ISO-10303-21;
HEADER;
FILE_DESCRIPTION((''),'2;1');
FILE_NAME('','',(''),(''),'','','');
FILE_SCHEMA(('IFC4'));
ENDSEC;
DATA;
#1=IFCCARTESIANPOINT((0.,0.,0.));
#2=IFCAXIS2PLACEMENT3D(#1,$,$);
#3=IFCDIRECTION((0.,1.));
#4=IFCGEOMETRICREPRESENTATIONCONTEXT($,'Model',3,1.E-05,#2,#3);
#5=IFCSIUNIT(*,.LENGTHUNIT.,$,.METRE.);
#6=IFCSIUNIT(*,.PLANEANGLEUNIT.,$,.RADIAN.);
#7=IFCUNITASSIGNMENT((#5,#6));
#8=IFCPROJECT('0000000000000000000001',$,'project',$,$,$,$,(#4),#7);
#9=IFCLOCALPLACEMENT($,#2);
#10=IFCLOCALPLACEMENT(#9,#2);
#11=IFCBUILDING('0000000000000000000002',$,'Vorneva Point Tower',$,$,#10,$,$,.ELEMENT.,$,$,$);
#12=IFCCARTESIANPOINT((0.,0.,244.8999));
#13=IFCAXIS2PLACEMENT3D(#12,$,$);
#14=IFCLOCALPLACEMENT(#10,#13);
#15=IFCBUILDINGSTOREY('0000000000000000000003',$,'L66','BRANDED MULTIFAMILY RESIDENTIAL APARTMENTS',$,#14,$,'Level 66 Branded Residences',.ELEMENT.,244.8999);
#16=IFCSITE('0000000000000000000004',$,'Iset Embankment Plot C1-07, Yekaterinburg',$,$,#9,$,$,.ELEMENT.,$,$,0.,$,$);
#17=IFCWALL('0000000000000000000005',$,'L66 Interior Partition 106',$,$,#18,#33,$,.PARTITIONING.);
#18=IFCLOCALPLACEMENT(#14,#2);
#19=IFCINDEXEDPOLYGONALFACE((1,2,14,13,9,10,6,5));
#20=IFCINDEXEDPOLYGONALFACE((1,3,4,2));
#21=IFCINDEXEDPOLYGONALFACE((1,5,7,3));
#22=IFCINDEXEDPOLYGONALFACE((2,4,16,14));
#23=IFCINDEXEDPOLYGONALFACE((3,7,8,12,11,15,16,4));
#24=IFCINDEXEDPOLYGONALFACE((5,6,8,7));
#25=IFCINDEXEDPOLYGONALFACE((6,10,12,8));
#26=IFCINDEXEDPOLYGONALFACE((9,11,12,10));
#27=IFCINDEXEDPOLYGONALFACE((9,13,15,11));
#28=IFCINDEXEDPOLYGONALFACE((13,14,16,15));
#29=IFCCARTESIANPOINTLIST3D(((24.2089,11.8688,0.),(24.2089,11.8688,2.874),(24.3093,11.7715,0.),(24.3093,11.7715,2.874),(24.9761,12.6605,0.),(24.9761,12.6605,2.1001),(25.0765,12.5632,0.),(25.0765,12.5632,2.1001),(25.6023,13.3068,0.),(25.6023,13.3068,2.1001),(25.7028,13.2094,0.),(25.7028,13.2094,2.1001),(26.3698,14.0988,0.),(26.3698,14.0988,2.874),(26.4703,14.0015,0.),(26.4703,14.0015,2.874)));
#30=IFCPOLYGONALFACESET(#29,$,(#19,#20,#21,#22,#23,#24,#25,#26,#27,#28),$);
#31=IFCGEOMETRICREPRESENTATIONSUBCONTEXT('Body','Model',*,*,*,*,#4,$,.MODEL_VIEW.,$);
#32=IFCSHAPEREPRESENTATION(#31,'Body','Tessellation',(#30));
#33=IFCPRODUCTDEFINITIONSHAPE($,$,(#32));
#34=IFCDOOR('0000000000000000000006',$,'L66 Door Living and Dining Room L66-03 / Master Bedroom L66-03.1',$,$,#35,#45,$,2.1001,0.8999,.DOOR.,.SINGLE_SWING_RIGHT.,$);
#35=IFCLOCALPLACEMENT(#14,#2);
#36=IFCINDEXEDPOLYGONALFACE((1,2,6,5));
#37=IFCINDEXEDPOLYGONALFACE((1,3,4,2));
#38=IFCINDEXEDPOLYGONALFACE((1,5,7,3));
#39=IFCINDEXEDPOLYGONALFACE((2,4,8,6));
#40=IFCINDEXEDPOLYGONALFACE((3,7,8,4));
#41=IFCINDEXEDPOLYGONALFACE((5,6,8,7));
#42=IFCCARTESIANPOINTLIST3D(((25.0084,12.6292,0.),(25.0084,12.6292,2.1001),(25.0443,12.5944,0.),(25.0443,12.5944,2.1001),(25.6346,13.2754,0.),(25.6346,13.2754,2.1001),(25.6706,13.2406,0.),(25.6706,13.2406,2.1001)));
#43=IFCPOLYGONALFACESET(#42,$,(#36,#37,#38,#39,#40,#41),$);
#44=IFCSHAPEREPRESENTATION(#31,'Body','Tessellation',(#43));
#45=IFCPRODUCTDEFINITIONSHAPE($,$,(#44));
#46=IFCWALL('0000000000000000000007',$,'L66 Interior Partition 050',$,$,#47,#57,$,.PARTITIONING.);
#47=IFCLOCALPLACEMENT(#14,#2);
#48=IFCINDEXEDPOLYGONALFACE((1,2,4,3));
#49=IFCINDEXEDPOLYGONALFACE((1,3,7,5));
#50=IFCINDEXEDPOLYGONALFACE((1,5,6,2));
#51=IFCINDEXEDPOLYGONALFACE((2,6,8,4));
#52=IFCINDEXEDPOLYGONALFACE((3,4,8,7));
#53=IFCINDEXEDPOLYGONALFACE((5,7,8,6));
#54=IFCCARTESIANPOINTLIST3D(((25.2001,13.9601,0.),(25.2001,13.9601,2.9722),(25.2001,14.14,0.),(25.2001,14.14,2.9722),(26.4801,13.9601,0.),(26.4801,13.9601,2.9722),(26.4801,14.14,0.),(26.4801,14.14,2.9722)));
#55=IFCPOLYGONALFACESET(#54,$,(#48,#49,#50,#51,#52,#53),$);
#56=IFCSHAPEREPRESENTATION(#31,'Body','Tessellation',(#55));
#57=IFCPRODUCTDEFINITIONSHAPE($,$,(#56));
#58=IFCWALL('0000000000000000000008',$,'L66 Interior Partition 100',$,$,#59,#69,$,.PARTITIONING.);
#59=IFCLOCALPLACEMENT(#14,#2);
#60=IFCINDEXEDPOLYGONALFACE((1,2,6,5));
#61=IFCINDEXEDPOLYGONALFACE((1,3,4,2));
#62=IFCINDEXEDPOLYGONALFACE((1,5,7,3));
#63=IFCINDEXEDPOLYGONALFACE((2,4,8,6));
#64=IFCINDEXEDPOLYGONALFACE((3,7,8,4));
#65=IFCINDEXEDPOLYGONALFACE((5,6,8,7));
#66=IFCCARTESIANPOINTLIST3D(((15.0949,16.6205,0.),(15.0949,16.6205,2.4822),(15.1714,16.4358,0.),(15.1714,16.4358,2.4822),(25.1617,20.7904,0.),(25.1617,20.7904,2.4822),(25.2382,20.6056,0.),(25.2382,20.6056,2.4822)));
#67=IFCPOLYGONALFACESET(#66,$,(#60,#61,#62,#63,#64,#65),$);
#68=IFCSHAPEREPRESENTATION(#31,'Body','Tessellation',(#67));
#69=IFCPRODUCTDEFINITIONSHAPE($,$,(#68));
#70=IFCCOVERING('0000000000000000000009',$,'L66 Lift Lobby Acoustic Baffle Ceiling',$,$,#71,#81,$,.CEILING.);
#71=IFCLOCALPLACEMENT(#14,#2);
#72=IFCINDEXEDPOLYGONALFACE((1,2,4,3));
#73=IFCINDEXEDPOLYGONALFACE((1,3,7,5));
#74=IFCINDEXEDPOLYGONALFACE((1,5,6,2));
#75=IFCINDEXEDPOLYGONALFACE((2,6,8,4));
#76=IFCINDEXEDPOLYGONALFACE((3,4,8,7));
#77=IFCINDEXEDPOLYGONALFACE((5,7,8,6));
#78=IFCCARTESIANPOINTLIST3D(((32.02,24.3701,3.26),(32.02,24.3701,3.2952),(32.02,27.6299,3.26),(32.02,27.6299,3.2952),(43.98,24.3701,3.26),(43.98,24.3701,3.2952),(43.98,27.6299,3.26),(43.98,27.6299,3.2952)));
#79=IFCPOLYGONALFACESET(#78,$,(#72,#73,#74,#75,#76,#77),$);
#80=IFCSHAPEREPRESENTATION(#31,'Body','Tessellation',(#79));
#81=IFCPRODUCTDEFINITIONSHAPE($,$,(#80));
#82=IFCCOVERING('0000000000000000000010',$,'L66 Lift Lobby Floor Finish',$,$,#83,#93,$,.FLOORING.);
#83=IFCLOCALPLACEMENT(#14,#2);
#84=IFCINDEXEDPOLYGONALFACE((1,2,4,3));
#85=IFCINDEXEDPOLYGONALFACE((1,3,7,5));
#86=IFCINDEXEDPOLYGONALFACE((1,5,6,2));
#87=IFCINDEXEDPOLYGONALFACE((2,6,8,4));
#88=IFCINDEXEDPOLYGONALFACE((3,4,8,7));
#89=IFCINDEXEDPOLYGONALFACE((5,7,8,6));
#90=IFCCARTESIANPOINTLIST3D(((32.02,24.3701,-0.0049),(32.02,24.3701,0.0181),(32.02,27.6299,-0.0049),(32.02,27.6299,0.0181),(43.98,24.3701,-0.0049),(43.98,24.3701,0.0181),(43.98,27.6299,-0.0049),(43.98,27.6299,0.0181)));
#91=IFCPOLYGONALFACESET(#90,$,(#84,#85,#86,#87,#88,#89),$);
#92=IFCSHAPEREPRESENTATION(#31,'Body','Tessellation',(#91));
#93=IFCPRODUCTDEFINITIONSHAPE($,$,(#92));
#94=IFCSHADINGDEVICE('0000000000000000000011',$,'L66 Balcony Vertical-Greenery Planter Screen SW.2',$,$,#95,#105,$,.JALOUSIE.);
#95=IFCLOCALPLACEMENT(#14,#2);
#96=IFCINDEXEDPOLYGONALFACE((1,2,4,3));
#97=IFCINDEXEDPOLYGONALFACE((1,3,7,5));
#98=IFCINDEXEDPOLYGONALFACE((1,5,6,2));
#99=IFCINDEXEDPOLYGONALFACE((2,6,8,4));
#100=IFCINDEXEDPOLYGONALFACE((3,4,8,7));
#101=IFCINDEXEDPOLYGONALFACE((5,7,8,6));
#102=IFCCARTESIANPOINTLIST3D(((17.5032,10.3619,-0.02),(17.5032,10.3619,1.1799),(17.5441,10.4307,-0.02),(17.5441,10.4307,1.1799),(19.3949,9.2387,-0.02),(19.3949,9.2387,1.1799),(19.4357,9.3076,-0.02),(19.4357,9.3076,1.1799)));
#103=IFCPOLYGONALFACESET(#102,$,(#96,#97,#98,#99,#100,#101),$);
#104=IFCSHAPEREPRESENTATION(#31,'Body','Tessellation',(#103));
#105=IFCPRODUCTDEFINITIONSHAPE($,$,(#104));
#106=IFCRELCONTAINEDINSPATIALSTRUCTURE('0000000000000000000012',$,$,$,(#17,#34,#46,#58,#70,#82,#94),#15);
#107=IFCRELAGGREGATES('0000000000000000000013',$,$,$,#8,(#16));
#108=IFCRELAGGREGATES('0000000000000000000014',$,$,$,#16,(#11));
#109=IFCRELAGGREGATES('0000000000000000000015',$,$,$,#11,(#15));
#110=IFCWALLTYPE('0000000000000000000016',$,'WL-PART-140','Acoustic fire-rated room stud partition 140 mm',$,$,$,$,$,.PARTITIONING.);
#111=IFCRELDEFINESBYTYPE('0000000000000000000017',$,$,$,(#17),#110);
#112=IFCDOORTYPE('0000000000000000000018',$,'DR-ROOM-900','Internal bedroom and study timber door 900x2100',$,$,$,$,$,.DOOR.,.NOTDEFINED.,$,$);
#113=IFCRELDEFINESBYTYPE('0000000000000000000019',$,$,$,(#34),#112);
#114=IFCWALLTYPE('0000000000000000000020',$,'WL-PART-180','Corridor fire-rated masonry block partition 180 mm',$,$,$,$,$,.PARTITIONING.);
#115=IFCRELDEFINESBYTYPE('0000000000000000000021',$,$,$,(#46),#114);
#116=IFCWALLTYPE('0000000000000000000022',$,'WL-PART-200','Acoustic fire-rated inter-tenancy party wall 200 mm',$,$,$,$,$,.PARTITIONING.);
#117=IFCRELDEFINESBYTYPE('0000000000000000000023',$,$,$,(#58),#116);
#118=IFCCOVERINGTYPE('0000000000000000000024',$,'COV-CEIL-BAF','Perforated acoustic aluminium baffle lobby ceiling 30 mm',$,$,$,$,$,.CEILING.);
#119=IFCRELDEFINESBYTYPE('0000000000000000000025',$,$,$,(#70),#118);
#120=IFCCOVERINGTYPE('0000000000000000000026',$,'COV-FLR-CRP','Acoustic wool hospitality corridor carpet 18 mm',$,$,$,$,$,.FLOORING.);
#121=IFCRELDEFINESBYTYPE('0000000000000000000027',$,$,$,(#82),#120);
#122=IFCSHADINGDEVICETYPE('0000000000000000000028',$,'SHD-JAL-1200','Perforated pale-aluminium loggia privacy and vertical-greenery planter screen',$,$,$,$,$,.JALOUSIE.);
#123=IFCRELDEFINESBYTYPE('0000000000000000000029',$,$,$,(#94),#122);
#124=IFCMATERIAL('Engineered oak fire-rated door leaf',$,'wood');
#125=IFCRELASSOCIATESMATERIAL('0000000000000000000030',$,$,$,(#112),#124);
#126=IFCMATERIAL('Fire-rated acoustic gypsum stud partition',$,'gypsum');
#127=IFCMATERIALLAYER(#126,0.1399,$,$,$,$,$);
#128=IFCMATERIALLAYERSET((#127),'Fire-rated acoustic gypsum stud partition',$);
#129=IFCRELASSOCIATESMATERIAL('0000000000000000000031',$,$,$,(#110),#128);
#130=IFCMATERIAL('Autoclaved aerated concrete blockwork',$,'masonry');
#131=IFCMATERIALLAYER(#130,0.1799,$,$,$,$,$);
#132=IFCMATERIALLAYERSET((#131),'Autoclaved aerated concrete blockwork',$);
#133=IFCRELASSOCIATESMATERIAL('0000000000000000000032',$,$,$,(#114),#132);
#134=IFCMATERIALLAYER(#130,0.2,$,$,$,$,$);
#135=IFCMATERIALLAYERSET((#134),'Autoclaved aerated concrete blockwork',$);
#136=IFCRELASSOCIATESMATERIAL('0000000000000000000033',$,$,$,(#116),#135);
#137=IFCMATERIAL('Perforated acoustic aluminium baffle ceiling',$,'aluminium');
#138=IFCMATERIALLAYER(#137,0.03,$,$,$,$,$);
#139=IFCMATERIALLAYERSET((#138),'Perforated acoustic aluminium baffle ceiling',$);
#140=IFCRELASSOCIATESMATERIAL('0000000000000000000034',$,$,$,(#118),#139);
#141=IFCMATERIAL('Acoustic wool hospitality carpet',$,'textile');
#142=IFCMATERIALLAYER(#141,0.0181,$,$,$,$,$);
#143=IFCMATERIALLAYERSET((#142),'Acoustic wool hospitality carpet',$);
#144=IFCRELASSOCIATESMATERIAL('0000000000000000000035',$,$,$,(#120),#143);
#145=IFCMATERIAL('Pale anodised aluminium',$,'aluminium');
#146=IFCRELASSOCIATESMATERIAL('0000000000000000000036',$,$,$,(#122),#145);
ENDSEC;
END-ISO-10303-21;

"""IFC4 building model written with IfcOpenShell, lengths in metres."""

from ifc_helpers import new_model, si_unit, direction, frame, frame_2d, origin, origin_2d, place, context, subcontext, project, spatial, polyline, rectangle, outline, extrude, material, layer, layer_set, type_object, element, fill, save


model = new_model("IFC4")

# Units and contexts
model_context = context("Model", 3, precision=1e-05, world=origin(), true_north=direction((0.0, 1.0)))
body_context = subcontext(model_context, "Body", "Model", "MODEL_VIEW")
ifc_project = project(units=[si_unit("LENGTHUNIT", "METRE"), si_unit("PLANEANGLEUNIT", "RADIAN")], contexts=[model_context])

# Site, building, storey
site_placement = place(None, origin())
site = spatial("IfcSite", under=ifc_project, at=site_placement, Name="Iset Embankment Plot C1-07, Yekaterinburg", CompositionType="ELEMENT", RefElevation=0.0)
building_placement = place(site_placement, origin())
building = spatial("IfcBuilding", under=site, at=building_placement, Name="Vorneva Point Tower", CompositionType="ELEMENT")
storey_placement = place(building_placement, frame((0.0, 0.0, 244.8999)))
storey = spatial("IfcBuildingStorey", under=building, at=storey_placement, Name="L66", Description="BRANDED MULTIFAMILY RESIDENTIAL APARTMENTS", LongName="Level 66 Branded Residences", CompositionType="ELEMENT", Elevation=244.8999)

# Shared definitions
ifc_material_1 = material(Name="Pale anodised aluminium", Category="aluminium")

# Shared definitions
ifc_material_2 = material(Name="Fire-rated acoustic gypsum stud partition", Category="gypsum")

# Shared definitions
ifc_material_3 = material(Name="Engineered oak fire-rated door leaf", Category="wood")
door_type_1 = type_object("IfcDoorType", Name="DR-ROOM-900", Description="Internal bedroom and study timber door 900x2100", OperationType="NOTDEFINED", PredefinedType="DOOR", material=ifc_material_3)

# Wall, opening, door
ifc_layer_1 = layer(ifc_material_2, 0.1399)
ifc_layer_set_1 = layer_set([ifc_layer_1], Name="Fire-rated acoustic gypsum stud partition")
wall_type_1 = type_object("IfcWallType", Name="WL-PART-140", Description="Acoustic fire-rated room stud partition 140 mm", PredefinedType="PARTITIONING", material=ifc_layer_set_1)
wall_1_placement = place(storey_placement, frame((24.259, 11.8201, 0.0), z_axis=(0.0, 0.0, 1.0), x_axis=(0.695894, 0.718144, 0.0)))
wall_1 = element("IfcWall", 1, at=wall_1_placement, inside=storey, type_object=wall_type_1, Name="L66 Interior Partition 106", PredefinedType="PARTITIONING", context=body_context, shape_type="SweptSolid", body=[
    extrude(rectangle(XDim=3.1052, YDim=0.1399, at=frame_2d((1.5527, 0.0))), origin(), (0.0, 0.0, 1.0), 2.874),
])
opening_1_placement = place(wall_1_placement, frame((1.1025, 0.0, 0.0)))
opening_1 = element("IfcOpeningElement", 2, at=opening_1_placement, cuts=wall_1, PredefinedType="OPENING", context=body_context, shape_type="SweptSolid", body=[
    extrude(rectangle(XDim=0.8999, YDim=2.1001, at=frame_2d((0.45, 1.05))), frame((0.0, 0.085, 0.0), z_axis=(0.0, -1.0, 0.0), x_axis=(1.0, 0.0, 0.0)), (0.0, 0.0, 1.0), 0.1697),
])
door_1_placement = place(opening_1_placement, origin())
door_1 = element("IfcDoor", 3, at=door_1_placement, inside=storey, type_object=door_type_1, Name="L66 Door Living and Dining Room L66-03 / Master Bedroom L66-03.1", OperationType="SINGLE_SWING_RIGHT", OverallHeight=2.1001, OverallWidth=0.8999, PredefinedType="DOOR", context=body_context, shape_type="SweptSolid", body=[
    extrude(rectangle(XDim=0.8999, YDim=2.1001, at=frame_2d((0.45, 1.05))), frame((0.0, 0.0249, 0.0), z_axis=(0.0, -1.0, 0.0), x_axis=(1.0, 0.0, 0.0)), (0.0, 0.0, 1.0), 0.05),
])
fill(opening_1, door_1)

# Walls
ifc_material_4 = material(Name="Autoclaved aerated concrete blockwork", Category="masonry")
ifc_layer_2 = layer(ifc_material_4, 0.1799)
ifc_layer_set_2 = layer_set([ifc_layer_2], Name="Autoclaved aerated concrete blockwork")
wall_type_2 = type_object("IfcWallType", Name="WL-PART-180", Description="Corridor fire-rated masonry block partition 180 mm", PredefinedType="PARTITIONING", material=ifc_layer_set_2)
wall_2_placement = place(storey_placement, frame((25.2, 14.05, 0.0), z_axis=(0.0, 0.0, 1.0), x_axis=(1.0, 0.0, 0.0)))
element("IfcWall", 4, at=wall_2_placement, inside=storey, type_object=wall_type_2, Name="L66 Interior Partition 050", PredefinedType="PARTITIONING", context=body_context, shape_type="SweptSolid", body=[
    extrude(rectangle(XDim=1.28, YDim=0.1799, at=frame_2d((0.6401, 0.0))), origin(), (0.0, 0.0, 1.0), 2.9722),
])
ifc_layer_3 = layer(ifc_material_4, 0.2)
ifc_layer_set_3 = layer_set([ifc_layer_3], Name="Autoclaved aerated concrete blockwork")
wall_type_3 = type_object("IfcWallType", Name="WL-PART-200", Description="Acoustic fire-rated inter-tenancy party wall 200 mm", PredefinedType="PARTITIONING", material=ifc_layer_set_3)
wall_3_placement = place(storey_placement, frame((15.1331, 16.5281, 0.0), z_axis=(0.0, 0.0, 1.0), x_axis=(0.923877, 0.38269, 0.0)))
element("IfcWall", 5, at=wall_3_placement, inside=storey, type_object=wall_type_3, Name="L66 Interior Partition 100", PredefinedType="PARTITIONING", context=body_context, shape_type="SweptSolid", body=[
    extrude(rectangle(XDim=10.8962, YDim=0.2, at=frame_2d((5.4482, 0.0))), origin(), (0.0, 0.0, 1.0), 2.4822),
])

# Coverings
ifc_material_5 = material(Name="Perforated acoustic aluminium baffle ceiling", Category="aluminium")
ifc_layer_4 = layer(ifc_material_5, 0.03)
ifc_layer_set_4 = layer_set([ifc_layer_4], Name="Perforated acoustic aluminium baffle ceiling")
covering_type_1 = type_object("IfcCoveringType", Name="COV-CEIL-BAF", Description="Perforated acoustic aluminium baffle lobby ceiling 30 mm", PredefinedType="CEILING", material=ifc_layer_set_4)
covering_1_placement = place(storey_placement, frame((0.0, 0.0, 3.26)))
element("IfcCovering", 6, at=covering_1_placement, inside=storey, type_object=covering_type_1, Name="L66 Lift Lobby Acoustic Baffle Ceiling", PredefinedType="CEILING", context=body_context, shape_type="SweptSolid", body=[
    extrude(outline(polyline([(32.02, 24.3701), (43.98, 24.3701), (43.98, 27.6299), (32.02, 27.6299), (32.02, 24.3701)])), origin(), (0.0, 0.0, 1.0), 0.0352),
])
ifc_material_6 = material(Name="Acoustic wool hospitality carpet", Category="textile")
ifc_layer_5 = layer(ifc_material_6, 0.0181)
ifc_layer_set_5 = layer_set([ifc_layer_5], Name="Acoustic wool hospitality carpet")
covering_type_2 = type_object("IfcCoveringType", Name="COV-FLR-CRP", Description="Acoustic wool hospitality corridor carpet 18 mm", PredefinedType="FLOORING", material=ifc_layer_set_5)
covering_2_placement = place(storey_placement, frame((0.0, 0.0, -0.0049)))
element("IfcCovering", 7, at=covering_2_placement, inside=storey, type_object=covering_type_2, Name="L66 Lift Lobby Floor Finish", PredefinedType="FLOORING", context=body_context, shape_type="SweptSolid", body=[
    extrude(outline(polyline([(32.02, 24.3701), (43.98, 24.3701), (43.98, 27.6299), (32.02, 27.6299), (32.02, 24.3701)])), origin(), (0.0, 0.0, 1.0), 0.0229),
])

# Shading device
shading_device_type = type_object("IfcShadingDeviceType", Name="SHD-JAL-1200", Description="Perforated pale-aluminium loggia privacy and vertical-greenery planter screen", PredefinedType="JALOUSIE", material=ifc_material_1)
shading_device_placement = place(storey_placement, frame((18.4695, 9.8347, -0.02), z_axis=(0.0, 0.0, 1.0), x_axis=(0.859861, -0.510528, 0.0)))
element("IfcShadingDevice", 8, at=shading_device_placement, inside=storey, type_object=shading_device_type, Name="L66 Balcony Vertical-Greenery Planter Screen SW.2", PredefinedType="JALOUSIE", context=body_context, shape_type="SweptSolid", body=[
    extrude(rectangle(XDim=2.2, YDim=0.0801, at=origin_2d()), origin(), (0.0, 0.0, 1.0), 1.2),
])

save(model, "model.ifc")
